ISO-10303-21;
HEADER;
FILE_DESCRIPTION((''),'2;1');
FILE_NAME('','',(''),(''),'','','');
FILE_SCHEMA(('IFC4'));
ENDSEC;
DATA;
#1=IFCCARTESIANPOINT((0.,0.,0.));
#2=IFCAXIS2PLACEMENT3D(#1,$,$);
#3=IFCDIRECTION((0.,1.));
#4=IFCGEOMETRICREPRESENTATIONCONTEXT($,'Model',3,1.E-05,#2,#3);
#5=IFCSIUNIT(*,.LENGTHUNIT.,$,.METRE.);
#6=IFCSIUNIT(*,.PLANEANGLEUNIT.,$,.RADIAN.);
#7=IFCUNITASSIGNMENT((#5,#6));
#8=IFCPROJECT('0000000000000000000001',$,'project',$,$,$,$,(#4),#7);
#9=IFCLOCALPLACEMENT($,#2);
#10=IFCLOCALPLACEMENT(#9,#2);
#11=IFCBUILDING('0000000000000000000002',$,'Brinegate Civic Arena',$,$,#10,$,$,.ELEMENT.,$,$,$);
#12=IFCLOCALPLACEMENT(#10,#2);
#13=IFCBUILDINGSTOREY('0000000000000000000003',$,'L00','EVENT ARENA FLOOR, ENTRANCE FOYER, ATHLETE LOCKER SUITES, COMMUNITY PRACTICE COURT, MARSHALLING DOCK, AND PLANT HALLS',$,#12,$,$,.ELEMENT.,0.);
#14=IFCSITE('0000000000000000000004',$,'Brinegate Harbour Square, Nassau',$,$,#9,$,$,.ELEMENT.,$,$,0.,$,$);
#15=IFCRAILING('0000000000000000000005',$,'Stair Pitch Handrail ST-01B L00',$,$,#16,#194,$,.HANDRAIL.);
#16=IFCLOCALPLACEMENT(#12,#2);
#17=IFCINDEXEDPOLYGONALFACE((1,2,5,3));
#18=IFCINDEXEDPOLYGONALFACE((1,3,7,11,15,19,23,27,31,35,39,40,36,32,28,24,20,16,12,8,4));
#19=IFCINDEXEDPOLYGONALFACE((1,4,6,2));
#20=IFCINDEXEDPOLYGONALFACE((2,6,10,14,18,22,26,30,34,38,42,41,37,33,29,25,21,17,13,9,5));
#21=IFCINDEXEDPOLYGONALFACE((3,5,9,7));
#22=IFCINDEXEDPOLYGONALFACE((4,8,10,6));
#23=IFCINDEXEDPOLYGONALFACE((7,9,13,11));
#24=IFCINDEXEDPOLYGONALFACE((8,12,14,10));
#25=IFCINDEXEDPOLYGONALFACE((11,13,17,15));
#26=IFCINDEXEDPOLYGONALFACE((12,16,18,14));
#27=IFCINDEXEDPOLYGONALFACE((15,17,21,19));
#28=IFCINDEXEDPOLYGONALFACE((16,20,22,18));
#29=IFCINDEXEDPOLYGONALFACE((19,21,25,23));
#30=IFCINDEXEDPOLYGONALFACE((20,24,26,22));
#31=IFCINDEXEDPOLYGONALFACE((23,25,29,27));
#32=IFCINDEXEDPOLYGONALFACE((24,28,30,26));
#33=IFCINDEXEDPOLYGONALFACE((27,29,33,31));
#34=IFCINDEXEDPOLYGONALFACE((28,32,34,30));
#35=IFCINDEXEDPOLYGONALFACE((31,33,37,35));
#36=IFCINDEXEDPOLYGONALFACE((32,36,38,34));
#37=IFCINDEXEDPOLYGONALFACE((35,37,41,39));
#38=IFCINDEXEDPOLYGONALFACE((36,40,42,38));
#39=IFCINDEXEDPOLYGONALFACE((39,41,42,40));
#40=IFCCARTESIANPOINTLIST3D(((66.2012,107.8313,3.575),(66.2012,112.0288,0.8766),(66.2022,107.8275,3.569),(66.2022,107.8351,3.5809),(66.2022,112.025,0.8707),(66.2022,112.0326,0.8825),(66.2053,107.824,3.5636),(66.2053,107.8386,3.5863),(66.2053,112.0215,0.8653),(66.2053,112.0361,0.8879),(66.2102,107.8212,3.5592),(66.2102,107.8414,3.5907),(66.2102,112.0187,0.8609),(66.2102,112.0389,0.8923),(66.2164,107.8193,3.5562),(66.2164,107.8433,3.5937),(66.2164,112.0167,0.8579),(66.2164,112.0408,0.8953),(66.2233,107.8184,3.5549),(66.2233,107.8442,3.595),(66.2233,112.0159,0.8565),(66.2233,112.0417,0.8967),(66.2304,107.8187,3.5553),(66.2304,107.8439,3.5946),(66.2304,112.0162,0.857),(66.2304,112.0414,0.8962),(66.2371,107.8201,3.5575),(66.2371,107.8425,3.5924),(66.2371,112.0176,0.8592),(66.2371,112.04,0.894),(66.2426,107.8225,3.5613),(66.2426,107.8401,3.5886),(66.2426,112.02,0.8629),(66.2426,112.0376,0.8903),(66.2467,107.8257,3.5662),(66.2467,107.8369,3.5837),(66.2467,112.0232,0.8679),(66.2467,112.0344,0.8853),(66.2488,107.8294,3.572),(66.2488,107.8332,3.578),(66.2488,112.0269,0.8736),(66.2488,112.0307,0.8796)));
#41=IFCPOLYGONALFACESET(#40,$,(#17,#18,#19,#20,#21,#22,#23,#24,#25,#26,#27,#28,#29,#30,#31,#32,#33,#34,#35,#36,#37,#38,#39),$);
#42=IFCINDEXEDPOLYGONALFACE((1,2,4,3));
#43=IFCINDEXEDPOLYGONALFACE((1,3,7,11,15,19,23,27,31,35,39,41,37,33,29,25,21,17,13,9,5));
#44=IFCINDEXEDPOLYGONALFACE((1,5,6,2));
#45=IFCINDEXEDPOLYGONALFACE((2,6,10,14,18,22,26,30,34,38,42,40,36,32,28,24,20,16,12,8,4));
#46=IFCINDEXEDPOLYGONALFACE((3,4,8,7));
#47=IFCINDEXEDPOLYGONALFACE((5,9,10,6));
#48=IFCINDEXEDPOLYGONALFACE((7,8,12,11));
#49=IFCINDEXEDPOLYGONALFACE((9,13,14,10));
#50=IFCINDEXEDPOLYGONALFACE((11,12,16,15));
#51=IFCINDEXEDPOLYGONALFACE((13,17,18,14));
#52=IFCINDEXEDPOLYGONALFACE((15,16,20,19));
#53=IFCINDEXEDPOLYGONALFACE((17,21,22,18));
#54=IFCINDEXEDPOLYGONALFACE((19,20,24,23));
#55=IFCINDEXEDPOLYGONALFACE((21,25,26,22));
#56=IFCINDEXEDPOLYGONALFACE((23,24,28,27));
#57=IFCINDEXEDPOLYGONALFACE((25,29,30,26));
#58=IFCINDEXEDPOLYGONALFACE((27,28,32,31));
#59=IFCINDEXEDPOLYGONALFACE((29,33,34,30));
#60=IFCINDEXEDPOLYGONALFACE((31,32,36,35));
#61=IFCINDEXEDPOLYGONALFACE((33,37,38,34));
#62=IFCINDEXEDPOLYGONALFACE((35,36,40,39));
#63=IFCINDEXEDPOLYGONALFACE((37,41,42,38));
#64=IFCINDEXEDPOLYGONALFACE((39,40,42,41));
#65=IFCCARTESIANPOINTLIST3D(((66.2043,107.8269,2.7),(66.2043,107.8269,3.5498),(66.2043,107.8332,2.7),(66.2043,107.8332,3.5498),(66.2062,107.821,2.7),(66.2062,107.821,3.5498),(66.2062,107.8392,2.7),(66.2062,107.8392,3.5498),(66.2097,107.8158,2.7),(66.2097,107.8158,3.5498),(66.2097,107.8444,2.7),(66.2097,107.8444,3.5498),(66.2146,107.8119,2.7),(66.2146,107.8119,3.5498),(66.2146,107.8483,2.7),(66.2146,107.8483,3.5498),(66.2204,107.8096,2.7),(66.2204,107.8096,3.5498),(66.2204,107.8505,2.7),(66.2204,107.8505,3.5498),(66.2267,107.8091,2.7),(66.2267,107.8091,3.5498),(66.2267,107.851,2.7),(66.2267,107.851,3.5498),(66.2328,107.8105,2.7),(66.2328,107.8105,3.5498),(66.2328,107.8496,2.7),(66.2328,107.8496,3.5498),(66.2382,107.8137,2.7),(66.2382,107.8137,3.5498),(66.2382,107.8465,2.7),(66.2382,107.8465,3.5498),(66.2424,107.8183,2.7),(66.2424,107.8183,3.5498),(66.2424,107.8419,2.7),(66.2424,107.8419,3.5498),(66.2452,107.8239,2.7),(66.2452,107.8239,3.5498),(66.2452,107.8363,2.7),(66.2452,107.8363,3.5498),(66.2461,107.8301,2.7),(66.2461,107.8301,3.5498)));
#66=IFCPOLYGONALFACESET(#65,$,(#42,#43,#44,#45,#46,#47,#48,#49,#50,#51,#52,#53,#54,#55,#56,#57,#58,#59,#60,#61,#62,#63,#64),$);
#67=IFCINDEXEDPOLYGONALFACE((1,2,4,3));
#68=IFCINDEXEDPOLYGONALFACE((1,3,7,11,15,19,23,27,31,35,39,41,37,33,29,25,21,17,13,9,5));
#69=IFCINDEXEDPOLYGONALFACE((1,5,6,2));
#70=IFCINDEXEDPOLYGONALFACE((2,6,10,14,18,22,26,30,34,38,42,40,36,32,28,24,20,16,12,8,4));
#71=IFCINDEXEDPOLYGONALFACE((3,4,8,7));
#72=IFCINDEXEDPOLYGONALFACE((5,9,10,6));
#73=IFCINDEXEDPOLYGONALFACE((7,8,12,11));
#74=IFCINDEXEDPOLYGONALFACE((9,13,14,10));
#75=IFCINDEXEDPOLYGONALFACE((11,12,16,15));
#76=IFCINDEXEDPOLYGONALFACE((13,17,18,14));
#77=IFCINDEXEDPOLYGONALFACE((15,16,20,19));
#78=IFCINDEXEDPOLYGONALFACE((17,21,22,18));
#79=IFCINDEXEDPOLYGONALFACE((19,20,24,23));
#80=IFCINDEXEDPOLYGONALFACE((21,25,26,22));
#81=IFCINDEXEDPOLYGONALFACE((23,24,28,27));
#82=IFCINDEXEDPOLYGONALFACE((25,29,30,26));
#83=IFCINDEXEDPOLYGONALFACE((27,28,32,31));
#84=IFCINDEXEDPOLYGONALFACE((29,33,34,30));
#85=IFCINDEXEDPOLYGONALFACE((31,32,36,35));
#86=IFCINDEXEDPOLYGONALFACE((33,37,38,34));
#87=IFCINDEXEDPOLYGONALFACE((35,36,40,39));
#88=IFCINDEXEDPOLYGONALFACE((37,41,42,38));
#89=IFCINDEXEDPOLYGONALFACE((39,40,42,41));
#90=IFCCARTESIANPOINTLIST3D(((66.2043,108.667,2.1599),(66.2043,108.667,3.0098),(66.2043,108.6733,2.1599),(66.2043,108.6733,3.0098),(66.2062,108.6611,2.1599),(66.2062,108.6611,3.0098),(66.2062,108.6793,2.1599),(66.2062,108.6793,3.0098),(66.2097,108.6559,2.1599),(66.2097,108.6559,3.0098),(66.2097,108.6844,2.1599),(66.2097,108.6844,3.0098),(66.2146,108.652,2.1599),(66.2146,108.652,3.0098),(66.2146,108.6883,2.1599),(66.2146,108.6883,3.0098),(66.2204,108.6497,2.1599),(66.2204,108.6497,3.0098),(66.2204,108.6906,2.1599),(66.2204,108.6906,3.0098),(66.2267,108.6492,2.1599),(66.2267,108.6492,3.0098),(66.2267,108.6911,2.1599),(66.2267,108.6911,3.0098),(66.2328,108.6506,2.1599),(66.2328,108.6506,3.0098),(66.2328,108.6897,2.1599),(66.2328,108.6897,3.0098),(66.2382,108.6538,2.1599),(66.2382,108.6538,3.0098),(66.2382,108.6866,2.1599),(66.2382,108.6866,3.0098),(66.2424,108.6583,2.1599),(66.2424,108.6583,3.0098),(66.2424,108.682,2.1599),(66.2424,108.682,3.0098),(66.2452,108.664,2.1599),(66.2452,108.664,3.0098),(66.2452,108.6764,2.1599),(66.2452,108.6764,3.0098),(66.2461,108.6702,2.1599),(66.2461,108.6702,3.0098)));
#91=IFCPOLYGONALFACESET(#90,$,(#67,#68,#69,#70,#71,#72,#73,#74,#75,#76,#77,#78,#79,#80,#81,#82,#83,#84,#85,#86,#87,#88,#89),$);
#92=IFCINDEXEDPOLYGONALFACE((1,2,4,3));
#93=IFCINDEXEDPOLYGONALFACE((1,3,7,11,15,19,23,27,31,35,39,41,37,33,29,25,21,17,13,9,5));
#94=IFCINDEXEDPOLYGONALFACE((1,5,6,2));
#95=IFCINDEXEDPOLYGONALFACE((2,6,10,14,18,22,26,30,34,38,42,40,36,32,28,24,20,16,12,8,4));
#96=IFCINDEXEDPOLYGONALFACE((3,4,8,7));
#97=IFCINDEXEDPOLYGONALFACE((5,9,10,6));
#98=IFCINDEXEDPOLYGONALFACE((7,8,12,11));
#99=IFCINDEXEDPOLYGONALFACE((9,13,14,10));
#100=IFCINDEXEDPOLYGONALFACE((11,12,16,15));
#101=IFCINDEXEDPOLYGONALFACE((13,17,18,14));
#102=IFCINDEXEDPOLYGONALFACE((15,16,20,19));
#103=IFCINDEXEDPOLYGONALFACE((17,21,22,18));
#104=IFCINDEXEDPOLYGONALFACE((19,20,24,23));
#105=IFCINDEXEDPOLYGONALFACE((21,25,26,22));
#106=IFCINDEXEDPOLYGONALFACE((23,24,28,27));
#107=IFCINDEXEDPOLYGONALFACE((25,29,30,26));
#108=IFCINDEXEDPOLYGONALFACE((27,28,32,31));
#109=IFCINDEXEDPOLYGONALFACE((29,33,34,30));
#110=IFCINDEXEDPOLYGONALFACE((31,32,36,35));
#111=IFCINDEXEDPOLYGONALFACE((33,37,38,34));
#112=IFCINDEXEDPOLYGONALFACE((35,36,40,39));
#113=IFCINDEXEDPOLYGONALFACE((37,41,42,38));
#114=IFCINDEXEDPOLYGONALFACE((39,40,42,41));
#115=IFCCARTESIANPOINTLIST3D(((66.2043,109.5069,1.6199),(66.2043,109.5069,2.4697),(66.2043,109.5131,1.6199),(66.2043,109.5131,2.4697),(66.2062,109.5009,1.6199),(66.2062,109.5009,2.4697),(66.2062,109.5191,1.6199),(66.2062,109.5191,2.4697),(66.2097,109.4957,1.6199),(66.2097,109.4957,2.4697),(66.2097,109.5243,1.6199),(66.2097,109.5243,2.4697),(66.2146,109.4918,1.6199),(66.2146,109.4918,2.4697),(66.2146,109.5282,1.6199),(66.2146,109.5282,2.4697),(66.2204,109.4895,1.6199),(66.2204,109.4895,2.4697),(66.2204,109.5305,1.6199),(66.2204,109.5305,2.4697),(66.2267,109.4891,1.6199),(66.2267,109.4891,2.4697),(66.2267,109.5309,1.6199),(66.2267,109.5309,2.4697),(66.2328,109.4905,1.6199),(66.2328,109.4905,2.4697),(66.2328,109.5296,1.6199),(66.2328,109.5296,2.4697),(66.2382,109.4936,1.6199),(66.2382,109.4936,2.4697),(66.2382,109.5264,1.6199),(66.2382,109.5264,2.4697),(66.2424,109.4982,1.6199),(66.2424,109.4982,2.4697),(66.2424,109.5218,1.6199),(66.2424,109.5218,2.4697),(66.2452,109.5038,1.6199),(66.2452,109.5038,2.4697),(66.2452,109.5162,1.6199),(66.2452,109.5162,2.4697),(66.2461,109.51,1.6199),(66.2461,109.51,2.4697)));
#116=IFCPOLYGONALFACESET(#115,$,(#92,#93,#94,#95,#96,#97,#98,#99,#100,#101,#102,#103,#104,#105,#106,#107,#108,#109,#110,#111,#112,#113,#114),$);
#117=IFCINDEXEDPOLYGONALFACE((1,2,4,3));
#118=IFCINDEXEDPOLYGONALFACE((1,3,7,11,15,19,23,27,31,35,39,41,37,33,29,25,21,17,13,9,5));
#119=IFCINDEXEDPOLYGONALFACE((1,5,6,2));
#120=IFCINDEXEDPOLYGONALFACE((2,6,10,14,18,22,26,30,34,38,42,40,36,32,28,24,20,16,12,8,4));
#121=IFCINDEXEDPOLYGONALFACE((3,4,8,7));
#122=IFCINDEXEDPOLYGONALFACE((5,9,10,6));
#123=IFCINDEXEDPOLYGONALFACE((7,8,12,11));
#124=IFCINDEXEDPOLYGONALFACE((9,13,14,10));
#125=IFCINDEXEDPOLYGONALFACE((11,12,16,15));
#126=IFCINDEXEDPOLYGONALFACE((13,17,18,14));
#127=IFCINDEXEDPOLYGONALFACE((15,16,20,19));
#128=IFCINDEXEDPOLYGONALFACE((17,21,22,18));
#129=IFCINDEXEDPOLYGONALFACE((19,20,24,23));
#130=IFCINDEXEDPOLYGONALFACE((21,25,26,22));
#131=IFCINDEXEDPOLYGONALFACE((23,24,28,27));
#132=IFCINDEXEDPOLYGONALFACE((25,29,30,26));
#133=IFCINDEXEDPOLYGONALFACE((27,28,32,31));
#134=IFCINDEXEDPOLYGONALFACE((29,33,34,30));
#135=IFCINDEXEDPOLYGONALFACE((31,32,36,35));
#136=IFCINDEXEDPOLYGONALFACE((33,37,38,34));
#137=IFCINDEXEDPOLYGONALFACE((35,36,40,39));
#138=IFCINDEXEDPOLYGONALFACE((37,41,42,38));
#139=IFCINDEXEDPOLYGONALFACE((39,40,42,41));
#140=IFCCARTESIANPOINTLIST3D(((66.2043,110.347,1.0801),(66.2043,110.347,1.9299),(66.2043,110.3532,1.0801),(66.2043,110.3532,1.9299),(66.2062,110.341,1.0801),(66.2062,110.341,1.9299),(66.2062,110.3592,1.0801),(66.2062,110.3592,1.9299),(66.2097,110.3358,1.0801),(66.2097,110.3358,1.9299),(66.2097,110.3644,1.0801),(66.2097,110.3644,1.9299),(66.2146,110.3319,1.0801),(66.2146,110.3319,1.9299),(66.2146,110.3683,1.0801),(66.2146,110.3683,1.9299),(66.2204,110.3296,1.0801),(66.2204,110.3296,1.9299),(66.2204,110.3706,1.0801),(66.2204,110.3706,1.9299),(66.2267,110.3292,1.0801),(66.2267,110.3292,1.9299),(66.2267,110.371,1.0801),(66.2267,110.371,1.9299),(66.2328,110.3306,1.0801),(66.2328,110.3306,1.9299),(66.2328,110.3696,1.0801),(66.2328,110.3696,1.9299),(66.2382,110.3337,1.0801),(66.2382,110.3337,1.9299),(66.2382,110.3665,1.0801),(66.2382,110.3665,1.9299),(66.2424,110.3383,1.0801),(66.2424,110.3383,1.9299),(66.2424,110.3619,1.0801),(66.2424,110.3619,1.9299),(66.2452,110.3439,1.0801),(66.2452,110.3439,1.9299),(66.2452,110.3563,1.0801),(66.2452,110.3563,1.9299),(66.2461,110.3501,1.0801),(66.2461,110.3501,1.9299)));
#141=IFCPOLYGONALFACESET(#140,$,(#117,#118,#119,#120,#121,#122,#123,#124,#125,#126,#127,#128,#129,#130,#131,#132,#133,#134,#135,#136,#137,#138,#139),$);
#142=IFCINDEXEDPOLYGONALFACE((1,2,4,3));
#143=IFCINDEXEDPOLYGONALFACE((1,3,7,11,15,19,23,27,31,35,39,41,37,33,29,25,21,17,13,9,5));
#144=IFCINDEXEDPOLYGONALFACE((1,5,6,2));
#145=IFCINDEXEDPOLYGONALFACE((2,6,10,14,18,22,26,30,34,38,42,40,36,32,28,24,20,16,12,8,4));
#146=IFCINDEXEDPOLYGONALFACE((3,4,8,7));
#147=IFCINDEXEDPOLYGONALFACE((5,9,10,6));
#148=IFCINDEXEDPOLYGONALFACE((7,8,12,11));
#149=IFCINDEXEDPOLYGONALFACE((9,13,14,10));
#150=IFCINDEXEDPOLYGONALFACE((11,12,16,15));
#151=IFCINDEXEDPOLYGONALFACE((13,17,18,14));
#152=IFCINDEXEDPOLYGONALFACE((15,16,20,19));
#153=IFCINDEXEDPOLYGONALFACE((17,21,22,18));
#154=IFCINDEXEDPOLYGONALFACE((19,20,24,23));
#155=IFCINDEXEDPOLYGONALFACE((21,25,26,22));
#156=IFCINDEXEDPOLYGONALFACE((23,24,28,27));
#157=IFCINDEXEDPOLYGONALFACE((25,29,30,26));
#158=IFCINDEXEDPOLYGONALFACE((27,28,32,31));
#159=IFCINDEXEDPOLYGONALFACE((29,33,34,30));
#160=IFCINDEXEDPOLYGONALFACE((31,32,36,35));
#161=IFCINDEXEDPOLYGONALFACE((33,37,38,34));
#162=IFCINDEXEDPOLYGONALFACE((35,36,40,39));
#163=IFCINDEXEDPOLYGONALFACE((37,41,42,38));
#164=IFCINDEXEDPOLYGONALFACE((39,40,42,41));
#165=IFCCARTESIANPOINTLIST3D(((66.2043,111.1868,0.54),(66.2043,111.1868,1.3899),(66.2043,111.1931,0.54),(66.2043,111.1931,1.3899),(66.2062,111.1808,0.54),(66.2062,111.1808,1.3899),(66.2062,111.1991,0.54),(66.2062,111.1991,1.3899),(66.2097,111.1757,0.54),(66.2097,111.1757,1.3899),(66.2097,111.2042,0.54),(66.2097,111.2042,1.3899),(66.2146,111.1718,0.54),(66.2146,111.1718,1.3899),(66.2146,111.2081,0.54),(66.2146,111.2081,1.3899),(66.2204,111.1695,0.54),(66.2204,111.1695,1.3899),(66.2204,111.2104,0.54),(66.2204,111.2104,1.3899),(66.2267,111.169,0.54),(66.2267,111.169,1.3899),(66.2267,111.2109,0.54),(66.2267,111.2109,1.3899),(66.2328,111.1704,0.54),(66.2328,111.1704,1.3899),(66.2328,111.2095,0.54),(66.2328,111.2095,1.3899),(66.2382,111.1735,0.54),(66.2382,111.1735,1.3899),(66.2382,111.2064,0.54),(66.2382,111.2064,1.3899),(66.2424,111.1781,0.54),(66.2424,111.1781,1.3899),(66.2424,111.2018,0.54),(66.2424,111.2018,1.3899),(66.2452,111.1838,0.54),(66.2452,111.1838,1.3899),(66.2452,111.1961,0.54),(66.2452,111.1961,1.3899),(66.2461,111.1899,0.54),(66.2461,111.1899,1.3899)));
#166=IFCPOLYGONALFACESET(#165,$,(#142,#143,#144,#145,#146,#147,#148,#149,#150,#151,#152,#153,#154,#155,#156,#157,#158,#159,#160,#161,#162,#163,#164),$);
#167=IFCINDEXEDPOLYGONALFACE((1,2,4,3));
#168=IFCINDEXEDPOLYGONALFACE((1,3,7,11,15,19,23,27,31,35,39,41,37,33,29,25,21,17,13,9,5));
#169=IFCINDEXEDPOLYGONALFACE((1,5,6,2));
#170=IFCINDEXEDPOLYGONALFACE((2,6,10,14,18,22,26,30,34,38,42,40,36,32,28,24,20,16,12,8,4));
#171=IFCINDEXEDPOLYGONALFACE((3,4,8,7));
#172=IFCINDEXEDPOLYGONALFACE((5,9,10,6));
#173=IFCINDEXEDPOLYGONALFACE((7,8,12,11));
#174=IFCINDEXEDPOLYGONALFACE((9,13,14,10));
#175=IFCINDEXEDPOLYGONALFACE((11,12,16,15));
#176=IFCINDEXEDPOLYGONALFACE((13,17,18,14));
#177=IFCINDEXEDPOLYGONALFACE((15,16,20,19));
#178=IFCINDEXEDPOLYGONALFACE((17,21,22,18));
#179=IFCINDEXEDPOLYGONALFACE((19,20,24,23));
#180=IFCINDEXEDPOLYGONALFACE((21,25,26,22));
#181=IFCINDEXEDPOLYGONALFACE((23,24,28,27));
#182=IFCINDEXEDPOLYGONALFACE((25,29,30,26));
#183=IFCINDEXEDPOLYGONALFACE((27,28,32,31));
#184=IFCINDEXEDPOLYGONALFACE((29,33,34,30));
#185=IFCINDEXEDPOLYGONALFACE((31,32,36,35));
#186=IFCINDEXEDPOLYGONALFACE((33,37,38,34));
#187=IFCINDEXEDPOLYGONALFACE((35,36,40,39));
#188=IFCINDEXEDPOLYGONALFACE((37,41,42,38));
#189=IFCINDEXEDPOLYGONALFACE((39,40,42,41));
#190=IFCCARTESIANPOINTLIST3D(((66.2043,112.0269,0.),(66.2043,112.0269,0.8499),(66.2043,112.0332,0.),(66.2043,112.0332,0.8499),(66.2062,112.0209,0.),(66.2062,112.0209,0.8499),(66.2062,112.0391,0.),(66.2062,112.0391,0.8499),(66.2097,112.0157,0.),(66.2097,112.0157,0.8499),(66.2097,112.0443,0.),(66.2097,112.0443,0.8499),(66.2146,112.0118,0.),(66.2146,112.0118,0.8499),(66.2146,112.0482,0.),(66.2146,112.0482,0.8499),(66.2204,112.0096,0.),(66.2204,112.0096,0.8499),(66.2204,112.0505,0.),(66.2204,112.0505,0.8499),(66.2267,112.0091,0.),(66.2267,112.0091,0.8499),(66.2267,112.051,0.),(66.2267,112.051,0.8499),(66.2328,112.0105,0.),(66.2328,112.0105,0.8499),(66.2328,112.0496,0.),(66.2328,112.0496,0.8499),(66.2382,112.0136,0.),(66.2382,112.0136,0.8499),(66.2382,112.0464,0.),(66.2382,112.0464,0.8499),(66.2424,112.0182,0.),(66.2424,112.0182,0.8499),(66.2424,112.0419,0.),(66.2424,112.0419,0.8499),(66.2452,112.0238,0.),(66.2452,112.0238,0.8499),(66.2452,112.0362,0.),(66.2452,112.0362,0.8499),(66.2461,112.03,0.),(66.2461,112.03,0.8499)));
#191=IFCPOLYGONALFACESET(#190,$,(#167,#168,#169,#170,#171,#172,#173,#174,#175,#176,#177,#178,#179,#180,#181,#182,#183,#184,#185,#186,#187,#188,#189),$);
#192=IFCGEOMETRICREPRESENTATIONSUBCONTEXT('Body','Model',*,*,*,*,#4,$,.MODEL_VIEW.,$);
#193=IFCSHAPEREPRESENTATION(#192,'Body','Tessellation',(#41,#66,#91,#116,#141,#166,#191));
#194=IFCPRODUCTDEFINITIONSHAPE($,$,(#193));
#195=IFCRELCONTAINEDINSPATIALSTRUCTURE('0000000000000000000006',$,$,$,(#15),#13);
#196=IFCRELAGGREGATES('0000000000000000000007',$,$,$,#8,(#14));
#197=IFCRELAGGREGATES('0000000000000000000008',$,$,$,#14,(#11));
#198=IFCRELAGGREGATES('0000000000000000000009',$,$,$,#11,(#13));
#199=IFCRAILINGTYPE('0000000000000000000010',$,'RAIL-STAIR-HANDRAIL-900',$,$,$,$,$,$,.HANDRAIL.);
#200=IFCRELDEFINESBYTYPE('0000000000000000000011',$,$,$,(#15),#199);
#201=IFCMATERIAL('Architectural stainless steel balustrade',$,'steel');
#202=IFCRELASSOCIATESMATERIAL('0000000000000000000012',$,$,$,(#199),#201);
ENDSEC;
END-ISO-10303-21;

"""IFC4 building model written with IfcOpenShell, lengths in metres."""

from ifc_helpers import new_model, si_unit, direction, frame, origin, origin_2d, place, context, subcontext, project, spatial, circle, extrude, material, type_object, element, save


model = new_model("IFC4")

# Units and contexts
model_context = context("Model", 3, precision=1e-05, world=origin(), true_north=direction((0.0, 1.0)))
body_context = subcontext(model_context, "Body", "Model", "MODEL_VIEW")
ifc_project = project(units=[si_unit("LENGTHUNIT", "METRE"), si_unit("PLANEANGLEUNIT", "RADIAN")], contexts=[model_context])

# Site, building, storey
site_placement = place(None, origin())
site = spatial("IfcSite", under=ifc_project, at=site_placement, Name="Brinegate Harbour Square, Nassau", CompositionType="ELEMENT", RefElevation=0.0)
building_placement = place(site_placement, origin())
building = spatial("IfcBuilding", under=site, at=building_placement, Name="Brinegate Civic Arena", CompositionType="ELEMENT")
storey_placement = place(building_placement, origin())
storey = spatial("IfcBuildingStorey", under=building, at=storey_placement, Name="L00", Description="EVENT ARENA FLOOR, ENTRANCE FOYER, ATHLETE LOCKER SUITES, COMMUNITY PRACTICE COURT, MARSHALLING DOCK, AND PLANT HALLS", CompositionType="ELEMENT", Elevation=0.0)

# Railing
ifc_material_1 = material(Name="Architectural stainless steel balustrade", Category="steel")
railing_type = type_object("IfcRailingType", Name="RAIL-STAIR-HANDRAIL-900", PredefinedType="HANDRAIL", material=ifc_material_1)
for number, where, name in (
    (1, (66.2251, 107.8301, 2.7), "Stair Pitch Handrail ST-01B L00"),
):
    element("IfcRailing", number, at=place(storey_placement, frame(where)), inside=storey, type_object=railing_type, Name=name, PredefinedType="HANDRAIL", context=body_context, shape_type="SweptSolid", body=[
        extrude(circle(Radius=0.0239, at=origin_2d()), frame((0.0, 0.0012, 0.875), z_axis=(0.0, 0.84118, -0.540755), x_axis=(-1.0, 0.0, 0.0)), (0.0, 0.0, 1.0), 4.99),
        extrude(circle(Radius=0.021, at=origin_2d()), origin(), (0.0, 0.0, 1.0), 0.8499),
        extrude(circle(Radius=0.021, at=origin_2d()), frame((0.0, 0.8401, -0.54)), (0.0, 0.0, 1.0), 0.8499),
        extrude(circle(Radius=0.021, at=origin_2d()), frame((0.0, 1.6799, -1.0801)), (0.0, 0.0, 1.0), 0.8499),
        extrude(circle(Radius=0.021, at=origin_2d()), frame((0.0, 2.52, -1.6199)), (0.0, 0.0, 1.0), 0.8499),
        extrude(circle(Radius=0.021, at=origin_2d()), frame((0.0, 3.3599, -2.1599)), (0.0, 0.0, 1.0), 0.8499),
        extrude(circle(Radius=0.021, at=origin_2d()), frame((0.0, 4.2, -2.7)), (0.0, 0.0, 1.0), 0.8499),
    ])

save(model, "model.ifc")
